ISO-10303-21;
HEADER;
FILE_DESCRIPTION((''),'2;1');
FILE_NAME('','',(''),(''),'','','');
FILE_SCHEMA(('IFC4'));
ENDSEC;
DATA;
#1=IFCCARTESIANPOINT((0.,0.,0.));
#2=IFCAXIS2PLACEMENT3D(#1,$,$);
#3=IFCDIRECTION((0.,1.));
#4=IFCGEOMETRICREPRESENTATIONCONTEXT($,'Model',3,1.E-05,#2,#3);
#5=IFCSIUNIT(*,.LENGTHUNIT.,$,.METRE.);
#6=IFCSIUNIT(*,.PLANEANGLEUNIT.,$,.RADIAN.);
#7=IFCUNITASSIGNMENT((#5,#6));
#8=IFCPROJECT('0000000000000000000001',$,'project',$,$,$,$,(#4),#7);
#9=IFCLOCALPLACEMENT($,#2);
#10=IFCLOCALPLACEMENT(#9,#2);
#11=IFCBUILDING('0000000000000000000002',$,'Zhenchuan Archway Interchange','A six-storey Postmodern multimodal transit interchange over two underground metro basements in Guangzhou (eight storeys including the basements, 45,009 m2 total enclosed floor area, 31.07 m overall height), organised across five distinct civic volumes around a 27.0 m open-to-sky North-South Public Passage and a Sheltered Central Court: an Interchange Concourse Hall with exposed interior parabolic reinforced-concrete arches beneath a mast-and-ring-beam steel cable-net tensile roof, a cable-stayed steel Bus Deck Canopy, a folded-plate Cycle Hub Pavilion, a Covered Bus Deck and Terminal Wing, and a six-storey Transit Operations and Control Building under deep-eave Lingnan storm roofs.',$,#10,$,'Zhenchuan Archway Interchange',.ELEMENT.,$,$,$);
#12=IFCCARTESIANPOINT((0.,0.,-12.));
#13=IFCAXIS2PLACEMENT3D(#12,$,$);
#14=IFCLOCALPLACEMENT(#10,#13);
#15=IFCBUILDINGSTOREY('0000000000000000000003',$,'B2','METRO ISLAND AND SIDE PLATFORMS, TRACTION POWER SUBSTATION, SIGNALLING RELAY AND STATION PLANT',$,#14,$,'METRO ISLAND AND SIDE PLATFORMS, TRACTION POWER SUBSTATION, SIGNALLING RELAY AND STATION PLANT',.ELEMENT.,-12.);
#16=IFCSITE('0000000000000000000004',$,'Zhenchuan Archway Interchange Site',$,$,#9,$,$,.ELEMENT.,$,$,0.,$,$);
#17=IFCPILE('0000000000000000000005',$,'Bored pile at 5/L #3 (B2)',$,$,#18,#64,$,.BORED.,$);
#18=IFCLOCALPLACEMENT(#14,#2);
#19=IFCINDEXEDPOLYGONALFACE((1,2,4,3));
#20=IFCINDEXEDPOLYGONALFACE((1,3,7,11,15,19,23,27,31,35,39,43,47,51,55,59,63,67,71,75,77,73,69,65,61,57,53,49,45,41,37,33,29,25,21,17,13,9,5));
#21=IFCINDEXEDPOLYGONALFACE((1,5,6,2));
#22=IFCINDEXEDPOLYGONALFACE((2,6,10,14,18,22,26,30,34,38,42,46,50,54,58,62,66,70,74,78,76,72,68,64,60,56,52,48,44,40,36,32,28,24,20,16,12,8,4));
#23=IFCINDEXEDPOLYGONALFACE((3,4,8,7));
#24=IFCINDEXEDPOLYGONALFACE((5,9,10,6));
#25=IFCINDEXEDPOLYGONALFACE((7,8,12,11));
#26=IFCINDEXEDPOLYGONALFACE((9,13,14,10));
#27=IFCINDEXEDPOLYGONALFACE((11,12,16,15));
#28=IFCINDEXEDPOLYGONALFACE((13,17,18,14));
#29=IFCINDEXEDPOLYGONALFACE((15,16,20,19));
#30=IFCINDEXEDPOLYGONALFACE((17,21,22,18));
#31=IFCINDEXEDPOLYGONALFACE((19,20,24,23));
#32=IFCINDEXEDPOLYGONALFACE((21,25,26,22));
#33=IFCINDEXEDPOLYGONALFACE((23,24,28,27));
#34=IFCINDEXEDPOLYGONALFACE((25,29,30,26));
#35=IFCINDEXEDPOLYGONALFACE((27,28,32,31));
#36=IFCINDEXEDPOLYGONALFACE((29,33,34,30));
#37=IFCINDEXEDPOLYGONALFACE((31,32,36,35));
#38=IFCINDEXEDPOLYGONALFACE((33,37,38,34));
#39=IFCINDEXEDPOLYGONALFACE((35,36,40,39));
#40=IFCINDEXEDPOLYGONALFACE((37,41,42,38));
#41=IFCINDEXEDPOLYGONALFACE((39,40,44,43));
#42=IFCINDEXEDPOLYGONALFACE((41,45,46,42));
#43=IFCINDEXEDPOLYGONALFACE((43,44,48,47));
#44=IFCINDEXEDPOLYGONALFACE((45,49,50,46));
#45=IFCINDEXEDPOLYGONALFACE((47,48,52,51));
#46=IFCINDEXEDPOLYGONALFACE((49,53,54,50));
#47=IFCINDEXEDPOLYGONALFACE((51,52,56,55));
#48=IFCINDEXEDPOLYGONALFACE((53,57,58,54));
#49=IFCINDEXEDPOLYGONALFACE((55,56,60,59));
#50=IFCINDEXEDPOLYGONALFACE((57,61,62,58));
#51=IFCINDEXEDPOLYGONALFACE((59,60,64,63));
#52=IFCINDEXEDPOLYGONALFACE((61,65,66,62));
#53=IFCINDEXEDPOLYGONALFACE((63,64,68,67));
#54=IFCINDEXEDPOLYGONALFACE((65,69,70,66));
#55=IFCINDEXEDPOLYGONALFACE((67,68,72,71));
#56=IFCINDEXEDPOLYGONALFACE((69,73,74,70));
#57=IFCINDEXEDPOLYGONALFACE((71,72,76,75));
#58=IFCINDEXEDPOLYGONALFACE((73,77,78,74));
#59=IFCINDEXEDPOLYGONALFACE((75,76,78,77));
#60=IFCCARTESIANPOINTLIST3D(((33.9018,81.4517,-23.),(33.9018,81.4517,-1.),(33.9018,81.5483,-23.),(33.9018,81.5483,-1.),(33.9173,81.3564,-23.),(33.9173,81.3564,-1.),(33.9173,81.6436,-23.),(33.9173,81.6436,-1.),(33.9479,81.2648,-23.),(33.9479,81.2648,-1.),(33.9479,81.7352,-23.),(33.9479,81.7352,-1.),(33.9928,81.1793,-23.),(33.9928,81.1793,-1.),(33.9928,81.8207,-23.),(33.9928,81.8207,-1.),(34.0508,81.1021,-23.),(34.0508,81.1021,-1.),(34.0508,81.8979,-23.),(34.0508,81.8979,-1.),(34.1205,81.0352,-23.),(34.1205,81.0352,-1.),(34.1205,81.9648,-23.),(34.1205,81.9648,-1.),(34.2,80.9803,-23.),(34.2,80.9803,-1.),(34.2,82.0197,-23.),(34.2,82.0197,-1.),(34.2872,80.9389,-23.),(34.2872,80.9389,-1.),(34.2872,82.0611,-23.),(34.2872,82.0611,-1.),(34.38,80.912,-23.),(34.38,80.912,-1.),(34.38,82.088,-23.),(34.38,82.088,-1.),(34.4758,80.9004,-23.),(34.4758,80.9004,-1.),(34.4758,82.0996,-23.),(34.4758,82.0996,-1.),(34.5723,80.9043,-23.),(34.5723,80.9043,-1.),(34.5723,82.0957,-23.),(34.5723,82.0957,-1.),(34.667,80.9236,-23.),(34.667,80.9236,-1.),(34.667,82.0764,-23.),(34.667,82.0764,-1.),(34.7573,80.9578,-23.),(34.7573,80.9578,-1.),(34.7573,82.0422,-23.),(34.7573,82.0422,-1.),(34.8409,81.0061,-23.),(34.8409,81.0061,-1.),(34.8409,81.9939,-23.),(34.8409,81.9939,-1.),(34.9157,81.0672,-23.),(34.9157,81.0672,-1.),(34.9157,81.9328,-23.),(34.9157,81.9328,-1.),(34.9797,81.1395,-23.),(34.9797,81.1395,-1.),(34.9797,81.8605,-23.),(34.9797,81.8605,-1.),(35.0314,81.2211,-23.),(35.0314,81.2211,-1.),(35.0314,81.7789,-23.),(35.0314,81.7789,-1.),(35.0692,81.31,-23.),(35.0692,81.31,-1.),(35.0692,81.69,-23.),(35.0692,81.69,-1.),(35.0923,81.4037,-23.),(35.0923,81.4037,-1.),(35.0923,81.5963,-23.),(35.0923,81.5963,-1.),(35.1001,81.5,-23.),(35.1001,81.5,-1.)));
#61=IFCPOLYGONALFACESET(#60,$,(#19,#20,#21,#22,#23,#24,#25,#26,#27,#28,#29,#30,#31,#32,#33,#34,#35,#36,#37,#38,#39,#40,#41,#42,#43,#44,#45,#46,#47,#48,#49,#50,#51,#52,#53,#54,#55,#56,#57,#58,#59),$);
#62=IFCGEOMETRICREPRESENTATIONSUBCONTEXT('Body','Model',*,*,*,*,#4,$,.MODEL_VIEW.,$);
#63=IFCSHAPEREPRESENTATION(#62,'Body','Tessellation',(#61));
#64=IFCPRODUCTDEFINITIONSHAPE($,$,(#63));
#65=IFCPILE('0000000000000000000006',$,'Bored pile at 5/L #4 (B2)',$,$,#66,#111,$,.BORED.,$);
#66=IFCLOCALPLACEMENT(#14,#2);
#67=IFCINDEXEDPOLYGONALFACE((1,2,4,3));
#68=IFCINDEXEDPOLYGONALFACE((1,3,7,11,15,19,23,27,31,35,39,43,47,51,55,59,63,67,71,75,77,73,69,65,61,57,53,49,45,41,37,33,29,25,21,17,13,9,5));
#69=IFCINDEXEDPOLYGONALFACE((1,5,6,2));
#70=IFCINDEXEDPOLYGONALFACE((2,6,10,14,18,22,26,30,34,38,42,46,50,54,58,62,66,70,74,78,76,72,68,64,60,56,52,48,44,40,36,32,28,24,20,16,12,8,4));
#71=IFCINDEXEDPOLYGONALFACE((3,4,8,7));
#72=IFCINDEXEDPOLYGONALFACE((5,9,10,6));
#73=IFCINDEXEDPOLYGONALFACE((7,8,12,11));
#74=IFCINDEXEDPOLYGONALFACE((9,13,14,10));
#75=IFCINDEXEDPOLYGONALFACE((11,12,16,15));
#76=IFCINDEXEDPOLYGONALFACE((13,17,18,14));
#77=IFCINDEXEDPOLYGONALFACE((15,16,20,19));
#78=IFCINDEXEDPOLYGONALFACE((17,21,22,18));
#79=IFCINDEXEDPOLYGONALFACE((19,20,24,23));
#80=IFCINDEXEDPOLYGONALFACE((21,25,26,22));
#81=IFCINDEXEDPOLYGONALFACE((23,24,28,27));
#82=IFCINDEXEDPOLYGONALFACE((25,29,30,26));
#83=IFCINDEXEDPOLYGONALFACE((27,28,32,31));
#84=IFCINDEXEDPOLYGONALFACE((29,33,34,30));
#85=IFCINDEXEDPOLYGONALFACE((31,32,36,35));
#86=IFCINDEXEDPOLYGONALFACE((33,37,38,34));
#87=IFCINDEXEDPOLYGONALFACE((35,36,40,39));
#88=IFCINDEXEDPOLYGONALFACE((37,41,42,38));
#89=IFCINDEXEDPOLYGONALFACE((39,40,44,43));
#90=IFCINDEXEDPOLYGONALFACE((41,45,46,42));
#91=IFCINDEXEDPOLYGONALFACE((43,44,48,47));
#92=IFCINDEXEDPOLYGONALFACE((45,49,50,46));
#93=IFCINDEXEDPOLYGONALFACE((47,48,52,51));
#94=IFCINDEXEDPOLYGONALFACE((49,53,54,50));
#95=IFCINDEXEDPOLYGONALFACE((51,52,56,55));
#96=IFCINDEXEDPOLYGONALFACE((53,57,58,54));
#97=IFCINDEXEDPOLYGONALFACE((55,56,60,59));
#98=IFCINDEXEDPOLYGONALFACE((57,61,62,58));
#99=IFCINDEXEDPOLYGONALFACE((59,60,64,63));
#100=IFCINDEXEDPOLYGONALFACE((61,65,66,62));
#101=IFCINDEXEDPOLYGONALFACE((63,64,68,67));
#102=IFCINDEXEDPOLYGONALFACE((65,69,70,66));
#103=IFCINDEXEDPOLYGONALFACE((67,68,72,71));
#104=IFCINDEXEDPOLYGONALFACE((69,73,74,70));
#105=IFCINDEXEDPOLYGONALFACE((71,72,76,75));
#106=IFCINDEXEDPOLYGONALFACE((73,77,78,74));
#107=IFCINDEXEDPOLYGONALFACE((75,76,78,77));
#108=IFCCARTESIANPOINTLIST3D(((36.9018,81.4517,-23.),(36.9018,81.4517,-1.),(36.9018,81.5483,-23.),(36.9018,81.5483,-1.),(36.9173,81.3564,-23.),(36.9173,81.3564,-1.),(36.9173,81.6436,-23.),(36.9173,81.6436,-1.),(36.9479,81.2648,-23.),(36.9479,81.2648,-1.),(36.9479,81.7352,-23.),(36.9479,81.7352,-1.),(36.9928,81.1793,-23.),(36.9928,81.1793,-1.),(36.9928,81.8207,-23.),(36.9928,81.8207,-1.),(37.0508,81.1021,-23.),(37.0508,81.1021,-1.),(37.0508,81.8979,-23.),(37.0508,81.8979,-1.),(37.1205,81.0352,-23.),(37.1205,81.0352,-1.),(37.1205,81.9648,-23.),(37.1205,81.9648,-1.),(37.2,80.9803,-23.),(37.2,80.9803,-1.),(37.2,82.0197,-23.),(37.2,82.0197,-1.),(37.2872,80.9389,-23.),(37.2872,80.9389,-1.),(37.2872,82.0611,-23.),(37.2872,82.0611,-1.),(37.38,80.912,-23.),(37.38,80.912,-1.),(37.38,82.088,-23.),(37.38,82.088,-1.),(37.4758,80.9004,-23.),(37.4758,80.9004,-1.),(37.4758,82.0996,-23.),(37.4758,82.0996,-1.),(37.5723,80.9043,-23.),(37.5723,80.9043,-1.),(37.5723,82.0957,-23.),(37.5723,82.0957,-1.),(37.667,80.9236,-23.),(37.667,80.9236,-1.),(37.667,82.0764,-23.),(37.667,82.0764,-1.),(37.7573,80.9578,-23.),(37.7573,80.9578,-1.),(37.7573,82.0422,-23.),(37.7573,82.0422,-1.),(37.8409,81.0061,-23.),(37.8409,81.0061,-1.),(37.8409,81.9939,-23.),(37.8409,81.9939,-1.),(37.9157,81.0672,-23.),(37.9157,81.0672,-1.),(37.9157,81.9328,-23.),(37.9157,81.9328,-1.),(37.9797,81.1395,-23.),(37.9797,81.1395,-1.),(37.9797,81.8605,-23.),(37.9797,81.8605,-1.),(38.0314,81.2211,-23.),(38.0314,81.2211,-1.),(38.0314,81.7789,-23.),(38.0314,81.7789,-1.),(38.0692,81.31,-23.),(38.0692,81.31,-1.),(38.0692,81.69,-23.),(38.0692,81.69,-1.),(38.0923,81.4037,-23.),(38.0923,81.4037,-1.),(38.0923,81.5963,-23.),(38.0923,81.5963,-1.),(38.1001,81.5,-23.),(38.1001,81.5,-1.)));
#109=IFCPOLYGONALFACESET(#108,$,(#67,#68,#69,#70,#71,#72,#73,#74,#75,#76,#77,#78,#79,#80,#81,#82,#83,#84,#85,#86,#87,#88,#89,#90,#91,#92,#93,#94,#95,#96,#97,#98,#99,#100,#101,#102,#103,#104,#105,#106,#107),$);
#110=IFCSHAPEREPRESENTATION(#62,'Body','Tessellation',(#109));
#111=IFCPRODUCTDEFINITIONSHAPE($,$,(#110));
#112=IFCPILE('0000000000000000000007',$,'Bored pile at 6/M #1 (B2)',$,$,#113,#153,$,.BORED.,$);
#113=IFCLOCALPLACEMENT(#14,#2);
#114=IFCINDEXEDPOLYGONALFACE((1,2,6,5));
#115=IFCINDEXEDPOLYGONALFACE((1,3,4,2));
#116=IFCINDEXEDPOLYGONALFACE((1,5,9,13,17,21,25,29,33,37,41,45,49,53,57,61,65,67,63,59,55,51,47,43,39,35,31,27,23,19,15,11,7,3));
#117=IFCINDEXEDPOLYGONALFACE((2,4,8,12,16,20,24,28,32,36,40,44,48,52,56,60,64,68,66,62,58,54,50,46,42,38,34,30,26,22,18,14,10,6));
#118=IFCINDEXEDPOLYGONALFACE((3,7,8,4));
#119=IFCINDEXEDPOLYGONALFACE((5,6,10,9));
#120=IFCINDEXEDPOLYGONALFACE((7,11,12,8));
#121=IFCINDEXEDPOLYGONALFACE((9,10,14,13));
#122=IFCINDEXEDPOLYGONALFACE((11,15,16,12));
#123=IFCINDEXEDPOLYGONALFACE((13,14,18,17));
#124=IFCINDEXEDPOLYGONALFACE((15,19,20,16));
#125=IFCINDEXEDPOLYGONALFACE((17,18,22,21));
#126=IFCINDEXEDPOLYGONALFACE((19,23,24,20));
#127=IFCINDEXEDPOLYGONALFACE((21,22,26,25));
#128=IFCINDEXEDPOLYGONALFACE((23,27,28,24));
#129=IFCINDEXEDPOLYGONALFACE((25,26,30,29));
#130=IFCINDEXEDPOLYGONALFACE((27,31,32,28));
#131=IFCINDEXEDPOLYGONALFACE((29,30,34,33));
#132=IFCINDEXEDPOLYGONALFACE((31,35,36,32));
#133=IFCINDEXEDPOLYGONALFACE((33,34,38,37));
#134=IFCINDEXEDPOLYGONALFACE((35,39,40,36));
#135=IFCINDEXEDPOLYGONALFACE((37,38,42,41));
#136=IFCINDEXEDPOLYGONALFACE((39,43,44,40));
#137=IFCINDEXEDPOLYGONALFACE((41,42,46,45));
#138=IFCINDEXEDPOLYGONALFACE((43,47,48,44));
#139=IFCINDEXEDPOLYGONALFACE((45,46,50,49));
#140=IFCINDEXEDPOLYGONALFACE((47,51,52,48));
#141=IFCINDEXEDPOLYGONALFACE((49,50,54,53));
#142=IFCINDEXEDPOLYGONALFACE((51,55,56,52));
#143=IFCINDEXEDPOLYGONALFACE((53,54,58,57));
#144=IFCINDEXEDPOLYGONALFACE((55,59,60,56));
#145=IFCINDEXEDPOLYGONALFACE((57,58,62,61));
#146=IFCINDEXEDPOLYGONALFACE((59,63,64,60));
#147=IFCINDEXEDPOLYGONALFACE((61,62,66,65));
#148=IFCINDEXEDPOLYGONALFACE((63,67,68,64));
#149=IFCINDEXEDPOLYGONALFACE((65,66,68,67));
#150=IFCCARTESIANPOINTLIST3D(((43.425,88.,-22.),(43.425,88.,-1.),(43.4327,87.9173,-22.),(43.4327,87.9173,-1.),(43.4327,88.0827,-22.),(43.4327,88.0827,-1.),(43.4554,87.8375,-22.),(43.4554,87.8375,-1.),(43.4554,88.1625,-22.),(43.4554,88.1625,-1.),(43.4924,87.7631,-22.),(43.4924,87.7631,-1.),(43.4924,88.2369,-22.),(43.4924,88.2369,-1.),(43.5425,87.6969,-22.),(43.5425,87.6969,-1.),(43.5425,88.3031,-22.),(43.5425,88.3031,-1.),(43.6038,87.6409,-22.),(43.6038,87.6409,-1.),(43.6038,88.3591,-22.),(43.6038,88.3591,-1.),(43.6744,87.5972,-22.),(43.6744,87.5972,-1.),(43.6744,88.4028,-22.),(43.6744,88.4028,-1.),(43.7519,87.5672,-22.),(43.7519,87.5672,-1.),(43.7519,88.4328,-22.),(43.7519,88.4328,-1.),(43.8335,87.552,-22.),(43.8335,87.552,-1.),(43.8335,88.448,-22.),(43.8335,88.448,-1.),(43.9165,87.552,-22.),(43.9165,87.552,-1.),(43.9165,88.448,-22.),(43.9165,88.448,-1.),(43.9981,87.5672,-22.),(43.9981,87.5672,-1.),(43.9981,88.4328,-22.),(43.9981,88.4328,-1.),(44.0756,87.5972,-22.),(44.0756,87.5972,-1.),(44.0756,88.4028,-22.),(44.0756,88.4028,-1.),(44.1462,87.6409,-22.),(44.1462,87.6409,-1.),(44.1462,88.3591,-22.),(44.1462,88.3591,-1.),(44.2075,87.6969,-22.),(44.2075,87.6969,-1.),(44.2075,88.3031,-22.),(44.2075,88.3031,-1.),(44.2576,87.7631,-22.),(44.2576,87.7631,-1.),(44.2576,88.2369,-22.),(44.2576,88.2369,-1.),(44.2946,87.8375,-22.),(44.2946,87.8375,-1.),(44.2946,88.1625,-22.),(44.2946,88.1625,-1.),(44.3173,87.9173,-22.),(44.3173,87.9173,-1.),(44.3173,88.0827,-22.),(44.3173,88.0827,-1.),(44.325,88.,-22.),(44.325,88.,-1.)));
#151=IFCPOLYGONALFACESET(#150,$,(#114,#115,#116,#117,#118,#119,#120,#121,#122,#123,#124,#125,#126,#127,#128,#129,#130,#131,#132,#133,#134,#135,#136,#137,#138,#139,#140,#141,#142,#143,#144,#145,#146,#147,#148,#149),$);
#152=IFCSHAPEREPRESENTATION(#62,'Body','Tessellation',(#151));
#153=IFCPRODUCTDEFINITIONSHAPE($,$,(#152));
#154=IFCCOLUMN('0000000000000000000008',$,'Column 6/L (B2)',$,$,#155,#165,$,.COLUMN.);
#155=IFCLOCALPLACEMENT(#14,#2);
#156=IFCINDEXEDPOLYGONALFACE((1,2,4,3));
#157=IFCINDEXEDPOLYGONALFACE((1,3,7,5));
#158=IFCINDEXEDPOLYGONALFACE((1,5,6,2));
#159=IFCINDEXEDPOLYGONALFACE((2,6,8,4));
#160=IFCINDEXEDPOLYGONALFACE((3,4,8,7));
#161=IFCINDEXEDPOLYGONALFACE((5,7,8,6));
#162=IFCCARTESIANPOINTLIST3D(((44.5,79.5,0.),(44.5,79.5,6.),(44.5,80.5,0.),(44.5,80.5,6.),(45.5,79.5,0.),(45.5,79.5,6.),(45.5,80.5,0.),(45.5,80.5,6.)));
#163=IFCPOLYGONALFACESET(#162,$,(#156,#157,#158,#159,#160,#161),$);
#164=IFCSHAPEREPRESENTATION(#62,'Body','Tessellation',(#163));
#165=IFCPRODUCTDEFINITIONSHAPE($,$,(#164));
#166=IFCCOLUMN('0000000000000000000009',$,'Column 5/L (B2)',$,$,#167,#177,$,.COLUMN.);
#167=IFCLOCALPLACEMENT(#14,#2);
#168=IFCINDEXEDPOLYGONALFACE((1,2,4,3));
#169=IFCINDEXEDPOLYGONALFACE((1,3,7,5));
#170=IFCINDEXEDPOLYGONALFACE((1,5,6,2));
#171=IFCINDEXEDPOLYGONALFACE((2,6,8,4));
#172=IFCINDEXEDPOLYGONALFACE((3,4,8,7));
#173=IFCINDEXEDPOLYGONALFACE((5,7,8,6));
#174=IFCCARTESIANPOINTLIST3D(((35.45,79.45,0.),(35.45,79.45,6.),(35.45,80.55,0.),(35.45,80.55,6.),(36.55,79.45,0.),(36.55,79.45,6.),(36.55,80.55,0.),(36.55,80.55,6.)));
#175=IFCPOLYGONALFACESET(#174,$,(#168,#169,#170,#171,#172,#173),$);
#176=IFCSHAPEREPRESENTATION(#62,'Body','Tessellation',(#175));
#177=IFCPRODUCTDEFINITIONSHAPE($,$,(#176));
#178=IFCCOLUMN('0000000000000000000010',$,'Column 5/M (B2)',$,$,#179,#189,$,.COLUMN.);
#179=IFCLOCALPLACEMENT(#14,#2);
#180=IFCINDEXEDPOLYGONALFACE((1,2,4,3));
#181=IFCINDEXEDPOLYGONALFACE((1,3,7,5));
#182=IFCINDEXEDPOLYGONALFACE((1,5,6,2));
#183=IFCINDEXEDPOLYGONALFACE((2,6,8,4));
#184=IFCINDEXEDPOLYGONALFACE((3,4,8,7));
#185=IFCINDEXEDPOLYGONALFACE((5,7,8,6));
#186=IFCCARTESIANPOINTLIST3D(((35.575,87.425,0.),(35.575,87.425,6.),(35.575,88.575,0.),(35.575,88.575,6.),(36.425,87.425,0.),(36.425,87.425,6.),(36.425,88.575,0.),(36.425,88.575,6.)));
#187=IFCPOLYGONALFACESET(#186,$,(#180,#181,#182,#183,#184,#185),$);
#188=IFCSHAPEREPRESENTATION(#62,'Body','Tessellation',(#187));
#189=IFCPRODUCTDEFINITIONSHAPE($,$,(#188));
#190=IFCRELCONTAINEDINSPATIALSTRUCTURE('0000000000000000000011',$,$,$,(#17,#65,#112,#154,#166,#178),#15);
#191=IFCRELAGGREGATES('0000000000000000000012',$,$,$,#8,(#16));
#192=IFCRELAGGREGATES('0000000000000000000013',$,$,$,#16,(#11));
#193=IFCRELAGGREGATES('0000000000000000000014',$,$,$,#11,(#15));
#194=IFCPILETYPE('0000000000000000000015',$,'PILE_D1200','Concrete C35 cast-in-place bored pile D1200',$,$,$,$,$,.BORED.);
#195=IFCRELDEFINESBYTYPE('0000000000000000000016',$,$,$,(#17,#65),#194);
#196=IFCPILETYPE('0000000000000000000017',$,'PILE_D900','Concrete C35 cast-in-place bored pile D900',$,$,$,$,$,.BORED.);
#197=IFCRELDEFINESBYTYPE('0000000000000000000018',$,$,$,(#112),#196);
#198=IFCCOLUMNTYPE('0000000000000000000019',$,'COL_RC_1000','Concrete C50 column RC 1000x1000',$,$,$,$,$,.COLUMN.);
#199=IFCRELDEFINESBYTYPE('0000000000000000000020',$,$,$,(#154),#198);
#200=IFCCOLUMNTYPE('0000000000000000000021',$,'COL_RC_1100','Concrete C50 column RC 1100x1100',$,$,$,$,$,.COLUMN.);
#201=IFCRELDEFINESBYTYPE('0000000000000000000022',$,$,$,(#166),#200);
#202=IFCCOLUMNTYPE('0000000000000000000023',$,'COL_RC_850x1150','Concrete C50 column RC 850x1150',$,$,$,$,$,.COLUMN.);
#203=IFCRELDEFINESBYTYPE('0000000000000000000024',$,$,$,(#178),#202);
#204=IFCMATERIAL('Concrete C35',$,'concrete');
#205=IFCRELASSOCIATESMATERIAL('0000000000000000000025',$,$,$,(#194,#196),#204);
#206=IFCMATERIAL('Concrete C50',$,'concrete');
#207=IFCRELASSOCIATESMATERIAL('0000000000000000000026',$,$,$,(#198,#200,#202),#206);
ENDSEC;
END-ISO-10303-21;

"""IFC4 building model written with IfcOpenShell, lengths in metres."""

from ifc_helpers import new_model, si_unit, direction, frame, origin, origin_2d, place, context, subcontext, project, spatial, rectangle, circle, extrude, material, material_profile, profile_set, type_object, element, save


model = new_model("IFC4")

# Units and contexts
model_context = context("Model", 3, precision=1e-05, world=origin(), true_north=direction((0.0, 1.0)))
body_context = subcontext(model_context, "Body", "Model", "MODEL_VIEW")
ifc_project = project(units=[si_unit("LENGTHUNIT", "METRE"), si_unit("PLANEANGLEUNIT", "RADIAN")], contexts=[model_context])

# Site, building, storey
site_placement = place(None, origin())
site = spatial("IfcSite", under=ifc_project, at=site_placement, Name="Zhenchuan Archway Interchange Site", CompositionType="ELEMENT", RefElevation=0.0)
building_placement = place(site_placement, origin())
building = spatial("IfcBuilding", under=site, at=building_placement, Name="Zhenchuan Archway Interchange", Description="A six-storey Postmodern multimodal transit interchange over two underground metro basements in Guangzhou (eight storeys including the basements, 45,009 m2 total enclosed floor area, 31.07 m overall height), organised across five distinct civic volumes around a 27.0 m open-to-sky North-South Public Passage and a Sheltered Central Court: an Interchange Concourse Hall with exposed interior parabolic reinforced-concrete arches beneath a mast-and-ring-beam steel cable-net tensile roof, a cable-stayed steel Bus Deck Canopy, a folded-plate Cycle Hub Pavilion, a Covered Bus Deck and Terminal Wing, and a six-storey Transit Operations and Control Building under deep-eave Lingnan storm roofs.", LongName="Zhenchuan Archway Interchange", CompositionType="ELEMENT")
storey_placement = place(building_placement, frame((0.0, 0.0, -12.0)))
storey = spatial("IfcBuildingStorey", under=building, at=storey_placement, Name="B2", Description="METRO ISLAND AND SIDE PLATFORMS, TRACTION POWER SUBSTATION, SIGNALLING RELAY AND STATION PLANT", LongName="METRO ISLAND AND SIDE PLATFORMS, TRACTION POWER SUBSTATION, SIGNALLING RELAY AND STATION PLANT", CompositionType="ELEMENT", Elevation=-12.0)

# Piles
ifc_material_1 = material(Name="Concrete C35", Category="concrete")
ifc_material_profile_1 = material_profile(ifc_material_1, circle(Radius=0.6001, at=origin_2d()), Name="BORED PILE 1200")
ifc_profile_set_1 = profile_set([ifc_material_profile_1], Name="Concrete C35")
pile_type_1 = type_object("IfcPileType", Name="PILE_D1200", Description="Concrete C35 cast-in-place bored pile D1200", PredefinedType="BORED", material=ifc_profile_set_1)
for number, where, z_axis, x_axis, name in (
    (1, (34.5, 81.5, -1.0), (0.0, 0.0, -1.0), (1.0, 0.0, 0.0), "Bored pile at 5/L #3 (B2)"),
    (2, (37.5, 81.5, -1.0), (0.0, 0.0, -1.0), (1.0, 0.0, 0.0), "Bored pile at 5/L #4 (B2)"),
):
    element("IfcPile", number, at=place(storey_placement, frame(where, z_axis=z_axis, x_axis=x_axis)), inside=storey, type_object=pile_type_1, Name=name, PredefinedType="BORED", context=body_context, shape_type="SweptSolid", body=[
        extrude(circle(Radius=0.6001, at=origin_2d()), origin(), (0.0, 0.0, 1.0), 22.0),
    ])
ifc_material_profile_2 = material_profile(ifc_material_1, circle(Radius=0.45, at=origin_2d()), Name="BORED PILE 900")
ifc_profile_set_2 = profile_set([ifc_material_profile_2], Name="Concrete C35")
pile_type_2 = type_object("IfcPileType", Name="PILE_D900", Description="Concrete C35 cast-in-place bored pile D900", PredefinedType="BORED", material=ifc_profile_set_2)
pile_placement = place(storey_placement, frame((43.875, 88.0, -1.0), z_axis=(0.0, 0.0, -1.0), x_axis=(1.0, 0.0, 0.0)))
element("IfcPile", 3, at=pile_placement, inside=storey, type_object=pile_type_2, Name="Bored pile at 6/M #1 (B2)", PredefinedType="BORED", context=body_context, shape_type="SweptSolid", body=[
    extrude(circle(Radius=0.45, at=origin_2d()), origin(), (0.0, 0.0, 1.0), 21.0),
])

# Columns
ifc_material_2 = material(Name="Concrete C50", Category="concrete")
ifc_material_profile_3 = material_profile(ifc_material_2, rectangle(XDim=1.0, YDim=1.0, at=origin_2d()), Name="RC 1000x1000")
ifc_profile_set_3 = profile_set([ifc_material_profile_3], Name="Concrete C50")
column_type_1 = type_object("IfcColumnType", Name="COL_RC_1000", Description="Concrete C50 column RC 1000x1000", PredefinedType="COLUMN", material=ifc_profile_set_3)
column_1_placement = place(storey_placement, frame((45.0, 80.0, 0.0), z_axis=(0.0, 0.0, 1.0), x_axis=(1.0, 0.0, 0.0)))
element("IfcColumn", 4, at=column_1_placement, inside=storey, type_object=column_type_1, Name="Column 6/L (B2)", PredefinedType="COLUMN", context=body_context, shape_type="SweptSolid", body=[
    extrude(rectangle(XDim=1.0, YDim=1.0, at=origin_2d()), origin(), (0.0, 0.0, 1.0), 6.0),
])
ifc_material_profile_4 = material_profile(ifc_material_2, rectangle(XDim=1.1001, YDim=1.1001, at=origin_2d()), Name="RC 1100x1100")
ifc_profile_set_4 = profile_set([ifc_material_profile_4], Name="Concrete C50")
column_type_2 = type_object("IfcColumnType", Name="COL_RC_1100", Description="Concrete C50 column RC 1100x1100", PredefinedType="COLUMN", material=ifc_profile_set_4)
column_2_placement = place(storey_placement, frame((36.0, 80.0, 0.0), z_axis=(0.0, 0.0, 1.0), x_axis=(1.0, 0.0, 0.0)))
element("IfcColumn", 5, at=column_2_placement, inside=storey, type_object=column_type_2, Name="Column 5/L (B2)", PredefinedType="COLUMN", context=body_context, shape_type="SweptSolid", body=[
    extrude(rectangle(XDim=1.1001, YDim=1.1001, at=origin_2d()), origin(), (0.0, 0.0, 1.0), 6.0),
])
ifc_material_profile_5 = material_profile(ifc_material_2, rectangle(XDim=0.8501, YDim=1.1499, at=origin_2d()), Name="RC 850x1150")
ifc_profile_set_5 = profile_set([ifc_material_profile_5], Name="Concrete C50")
column_type_3 = type_object("IfcColumnType", Name="COL_RC_850x1150", Description="Concrete C50 column RC 850x1150", PredefinedType="COLUMN", material=ifc_profile_set_5)
column_3_placement = place(storey_placement, frame((36.0, 88.0, 0.0), z_axis=(0.0, 0.0, 1.0), x_axis=(1.0, 0.0, 0.0)))
element("IfcColumn", 6, at=column_3_placement, inside=storey, type_object=column_type_3, Name="Column 5/M (B2)", PredefinedType="COLUMN", context=body_context, shape_type="SweptSolid", body=[
    extrude(rectangle(XDim=0.8501, YDim=1.1499, at=origin_2d()), origin(), (0.0, 0.0, 1.0), 6.0),
])

save(model, "model.ifc")
